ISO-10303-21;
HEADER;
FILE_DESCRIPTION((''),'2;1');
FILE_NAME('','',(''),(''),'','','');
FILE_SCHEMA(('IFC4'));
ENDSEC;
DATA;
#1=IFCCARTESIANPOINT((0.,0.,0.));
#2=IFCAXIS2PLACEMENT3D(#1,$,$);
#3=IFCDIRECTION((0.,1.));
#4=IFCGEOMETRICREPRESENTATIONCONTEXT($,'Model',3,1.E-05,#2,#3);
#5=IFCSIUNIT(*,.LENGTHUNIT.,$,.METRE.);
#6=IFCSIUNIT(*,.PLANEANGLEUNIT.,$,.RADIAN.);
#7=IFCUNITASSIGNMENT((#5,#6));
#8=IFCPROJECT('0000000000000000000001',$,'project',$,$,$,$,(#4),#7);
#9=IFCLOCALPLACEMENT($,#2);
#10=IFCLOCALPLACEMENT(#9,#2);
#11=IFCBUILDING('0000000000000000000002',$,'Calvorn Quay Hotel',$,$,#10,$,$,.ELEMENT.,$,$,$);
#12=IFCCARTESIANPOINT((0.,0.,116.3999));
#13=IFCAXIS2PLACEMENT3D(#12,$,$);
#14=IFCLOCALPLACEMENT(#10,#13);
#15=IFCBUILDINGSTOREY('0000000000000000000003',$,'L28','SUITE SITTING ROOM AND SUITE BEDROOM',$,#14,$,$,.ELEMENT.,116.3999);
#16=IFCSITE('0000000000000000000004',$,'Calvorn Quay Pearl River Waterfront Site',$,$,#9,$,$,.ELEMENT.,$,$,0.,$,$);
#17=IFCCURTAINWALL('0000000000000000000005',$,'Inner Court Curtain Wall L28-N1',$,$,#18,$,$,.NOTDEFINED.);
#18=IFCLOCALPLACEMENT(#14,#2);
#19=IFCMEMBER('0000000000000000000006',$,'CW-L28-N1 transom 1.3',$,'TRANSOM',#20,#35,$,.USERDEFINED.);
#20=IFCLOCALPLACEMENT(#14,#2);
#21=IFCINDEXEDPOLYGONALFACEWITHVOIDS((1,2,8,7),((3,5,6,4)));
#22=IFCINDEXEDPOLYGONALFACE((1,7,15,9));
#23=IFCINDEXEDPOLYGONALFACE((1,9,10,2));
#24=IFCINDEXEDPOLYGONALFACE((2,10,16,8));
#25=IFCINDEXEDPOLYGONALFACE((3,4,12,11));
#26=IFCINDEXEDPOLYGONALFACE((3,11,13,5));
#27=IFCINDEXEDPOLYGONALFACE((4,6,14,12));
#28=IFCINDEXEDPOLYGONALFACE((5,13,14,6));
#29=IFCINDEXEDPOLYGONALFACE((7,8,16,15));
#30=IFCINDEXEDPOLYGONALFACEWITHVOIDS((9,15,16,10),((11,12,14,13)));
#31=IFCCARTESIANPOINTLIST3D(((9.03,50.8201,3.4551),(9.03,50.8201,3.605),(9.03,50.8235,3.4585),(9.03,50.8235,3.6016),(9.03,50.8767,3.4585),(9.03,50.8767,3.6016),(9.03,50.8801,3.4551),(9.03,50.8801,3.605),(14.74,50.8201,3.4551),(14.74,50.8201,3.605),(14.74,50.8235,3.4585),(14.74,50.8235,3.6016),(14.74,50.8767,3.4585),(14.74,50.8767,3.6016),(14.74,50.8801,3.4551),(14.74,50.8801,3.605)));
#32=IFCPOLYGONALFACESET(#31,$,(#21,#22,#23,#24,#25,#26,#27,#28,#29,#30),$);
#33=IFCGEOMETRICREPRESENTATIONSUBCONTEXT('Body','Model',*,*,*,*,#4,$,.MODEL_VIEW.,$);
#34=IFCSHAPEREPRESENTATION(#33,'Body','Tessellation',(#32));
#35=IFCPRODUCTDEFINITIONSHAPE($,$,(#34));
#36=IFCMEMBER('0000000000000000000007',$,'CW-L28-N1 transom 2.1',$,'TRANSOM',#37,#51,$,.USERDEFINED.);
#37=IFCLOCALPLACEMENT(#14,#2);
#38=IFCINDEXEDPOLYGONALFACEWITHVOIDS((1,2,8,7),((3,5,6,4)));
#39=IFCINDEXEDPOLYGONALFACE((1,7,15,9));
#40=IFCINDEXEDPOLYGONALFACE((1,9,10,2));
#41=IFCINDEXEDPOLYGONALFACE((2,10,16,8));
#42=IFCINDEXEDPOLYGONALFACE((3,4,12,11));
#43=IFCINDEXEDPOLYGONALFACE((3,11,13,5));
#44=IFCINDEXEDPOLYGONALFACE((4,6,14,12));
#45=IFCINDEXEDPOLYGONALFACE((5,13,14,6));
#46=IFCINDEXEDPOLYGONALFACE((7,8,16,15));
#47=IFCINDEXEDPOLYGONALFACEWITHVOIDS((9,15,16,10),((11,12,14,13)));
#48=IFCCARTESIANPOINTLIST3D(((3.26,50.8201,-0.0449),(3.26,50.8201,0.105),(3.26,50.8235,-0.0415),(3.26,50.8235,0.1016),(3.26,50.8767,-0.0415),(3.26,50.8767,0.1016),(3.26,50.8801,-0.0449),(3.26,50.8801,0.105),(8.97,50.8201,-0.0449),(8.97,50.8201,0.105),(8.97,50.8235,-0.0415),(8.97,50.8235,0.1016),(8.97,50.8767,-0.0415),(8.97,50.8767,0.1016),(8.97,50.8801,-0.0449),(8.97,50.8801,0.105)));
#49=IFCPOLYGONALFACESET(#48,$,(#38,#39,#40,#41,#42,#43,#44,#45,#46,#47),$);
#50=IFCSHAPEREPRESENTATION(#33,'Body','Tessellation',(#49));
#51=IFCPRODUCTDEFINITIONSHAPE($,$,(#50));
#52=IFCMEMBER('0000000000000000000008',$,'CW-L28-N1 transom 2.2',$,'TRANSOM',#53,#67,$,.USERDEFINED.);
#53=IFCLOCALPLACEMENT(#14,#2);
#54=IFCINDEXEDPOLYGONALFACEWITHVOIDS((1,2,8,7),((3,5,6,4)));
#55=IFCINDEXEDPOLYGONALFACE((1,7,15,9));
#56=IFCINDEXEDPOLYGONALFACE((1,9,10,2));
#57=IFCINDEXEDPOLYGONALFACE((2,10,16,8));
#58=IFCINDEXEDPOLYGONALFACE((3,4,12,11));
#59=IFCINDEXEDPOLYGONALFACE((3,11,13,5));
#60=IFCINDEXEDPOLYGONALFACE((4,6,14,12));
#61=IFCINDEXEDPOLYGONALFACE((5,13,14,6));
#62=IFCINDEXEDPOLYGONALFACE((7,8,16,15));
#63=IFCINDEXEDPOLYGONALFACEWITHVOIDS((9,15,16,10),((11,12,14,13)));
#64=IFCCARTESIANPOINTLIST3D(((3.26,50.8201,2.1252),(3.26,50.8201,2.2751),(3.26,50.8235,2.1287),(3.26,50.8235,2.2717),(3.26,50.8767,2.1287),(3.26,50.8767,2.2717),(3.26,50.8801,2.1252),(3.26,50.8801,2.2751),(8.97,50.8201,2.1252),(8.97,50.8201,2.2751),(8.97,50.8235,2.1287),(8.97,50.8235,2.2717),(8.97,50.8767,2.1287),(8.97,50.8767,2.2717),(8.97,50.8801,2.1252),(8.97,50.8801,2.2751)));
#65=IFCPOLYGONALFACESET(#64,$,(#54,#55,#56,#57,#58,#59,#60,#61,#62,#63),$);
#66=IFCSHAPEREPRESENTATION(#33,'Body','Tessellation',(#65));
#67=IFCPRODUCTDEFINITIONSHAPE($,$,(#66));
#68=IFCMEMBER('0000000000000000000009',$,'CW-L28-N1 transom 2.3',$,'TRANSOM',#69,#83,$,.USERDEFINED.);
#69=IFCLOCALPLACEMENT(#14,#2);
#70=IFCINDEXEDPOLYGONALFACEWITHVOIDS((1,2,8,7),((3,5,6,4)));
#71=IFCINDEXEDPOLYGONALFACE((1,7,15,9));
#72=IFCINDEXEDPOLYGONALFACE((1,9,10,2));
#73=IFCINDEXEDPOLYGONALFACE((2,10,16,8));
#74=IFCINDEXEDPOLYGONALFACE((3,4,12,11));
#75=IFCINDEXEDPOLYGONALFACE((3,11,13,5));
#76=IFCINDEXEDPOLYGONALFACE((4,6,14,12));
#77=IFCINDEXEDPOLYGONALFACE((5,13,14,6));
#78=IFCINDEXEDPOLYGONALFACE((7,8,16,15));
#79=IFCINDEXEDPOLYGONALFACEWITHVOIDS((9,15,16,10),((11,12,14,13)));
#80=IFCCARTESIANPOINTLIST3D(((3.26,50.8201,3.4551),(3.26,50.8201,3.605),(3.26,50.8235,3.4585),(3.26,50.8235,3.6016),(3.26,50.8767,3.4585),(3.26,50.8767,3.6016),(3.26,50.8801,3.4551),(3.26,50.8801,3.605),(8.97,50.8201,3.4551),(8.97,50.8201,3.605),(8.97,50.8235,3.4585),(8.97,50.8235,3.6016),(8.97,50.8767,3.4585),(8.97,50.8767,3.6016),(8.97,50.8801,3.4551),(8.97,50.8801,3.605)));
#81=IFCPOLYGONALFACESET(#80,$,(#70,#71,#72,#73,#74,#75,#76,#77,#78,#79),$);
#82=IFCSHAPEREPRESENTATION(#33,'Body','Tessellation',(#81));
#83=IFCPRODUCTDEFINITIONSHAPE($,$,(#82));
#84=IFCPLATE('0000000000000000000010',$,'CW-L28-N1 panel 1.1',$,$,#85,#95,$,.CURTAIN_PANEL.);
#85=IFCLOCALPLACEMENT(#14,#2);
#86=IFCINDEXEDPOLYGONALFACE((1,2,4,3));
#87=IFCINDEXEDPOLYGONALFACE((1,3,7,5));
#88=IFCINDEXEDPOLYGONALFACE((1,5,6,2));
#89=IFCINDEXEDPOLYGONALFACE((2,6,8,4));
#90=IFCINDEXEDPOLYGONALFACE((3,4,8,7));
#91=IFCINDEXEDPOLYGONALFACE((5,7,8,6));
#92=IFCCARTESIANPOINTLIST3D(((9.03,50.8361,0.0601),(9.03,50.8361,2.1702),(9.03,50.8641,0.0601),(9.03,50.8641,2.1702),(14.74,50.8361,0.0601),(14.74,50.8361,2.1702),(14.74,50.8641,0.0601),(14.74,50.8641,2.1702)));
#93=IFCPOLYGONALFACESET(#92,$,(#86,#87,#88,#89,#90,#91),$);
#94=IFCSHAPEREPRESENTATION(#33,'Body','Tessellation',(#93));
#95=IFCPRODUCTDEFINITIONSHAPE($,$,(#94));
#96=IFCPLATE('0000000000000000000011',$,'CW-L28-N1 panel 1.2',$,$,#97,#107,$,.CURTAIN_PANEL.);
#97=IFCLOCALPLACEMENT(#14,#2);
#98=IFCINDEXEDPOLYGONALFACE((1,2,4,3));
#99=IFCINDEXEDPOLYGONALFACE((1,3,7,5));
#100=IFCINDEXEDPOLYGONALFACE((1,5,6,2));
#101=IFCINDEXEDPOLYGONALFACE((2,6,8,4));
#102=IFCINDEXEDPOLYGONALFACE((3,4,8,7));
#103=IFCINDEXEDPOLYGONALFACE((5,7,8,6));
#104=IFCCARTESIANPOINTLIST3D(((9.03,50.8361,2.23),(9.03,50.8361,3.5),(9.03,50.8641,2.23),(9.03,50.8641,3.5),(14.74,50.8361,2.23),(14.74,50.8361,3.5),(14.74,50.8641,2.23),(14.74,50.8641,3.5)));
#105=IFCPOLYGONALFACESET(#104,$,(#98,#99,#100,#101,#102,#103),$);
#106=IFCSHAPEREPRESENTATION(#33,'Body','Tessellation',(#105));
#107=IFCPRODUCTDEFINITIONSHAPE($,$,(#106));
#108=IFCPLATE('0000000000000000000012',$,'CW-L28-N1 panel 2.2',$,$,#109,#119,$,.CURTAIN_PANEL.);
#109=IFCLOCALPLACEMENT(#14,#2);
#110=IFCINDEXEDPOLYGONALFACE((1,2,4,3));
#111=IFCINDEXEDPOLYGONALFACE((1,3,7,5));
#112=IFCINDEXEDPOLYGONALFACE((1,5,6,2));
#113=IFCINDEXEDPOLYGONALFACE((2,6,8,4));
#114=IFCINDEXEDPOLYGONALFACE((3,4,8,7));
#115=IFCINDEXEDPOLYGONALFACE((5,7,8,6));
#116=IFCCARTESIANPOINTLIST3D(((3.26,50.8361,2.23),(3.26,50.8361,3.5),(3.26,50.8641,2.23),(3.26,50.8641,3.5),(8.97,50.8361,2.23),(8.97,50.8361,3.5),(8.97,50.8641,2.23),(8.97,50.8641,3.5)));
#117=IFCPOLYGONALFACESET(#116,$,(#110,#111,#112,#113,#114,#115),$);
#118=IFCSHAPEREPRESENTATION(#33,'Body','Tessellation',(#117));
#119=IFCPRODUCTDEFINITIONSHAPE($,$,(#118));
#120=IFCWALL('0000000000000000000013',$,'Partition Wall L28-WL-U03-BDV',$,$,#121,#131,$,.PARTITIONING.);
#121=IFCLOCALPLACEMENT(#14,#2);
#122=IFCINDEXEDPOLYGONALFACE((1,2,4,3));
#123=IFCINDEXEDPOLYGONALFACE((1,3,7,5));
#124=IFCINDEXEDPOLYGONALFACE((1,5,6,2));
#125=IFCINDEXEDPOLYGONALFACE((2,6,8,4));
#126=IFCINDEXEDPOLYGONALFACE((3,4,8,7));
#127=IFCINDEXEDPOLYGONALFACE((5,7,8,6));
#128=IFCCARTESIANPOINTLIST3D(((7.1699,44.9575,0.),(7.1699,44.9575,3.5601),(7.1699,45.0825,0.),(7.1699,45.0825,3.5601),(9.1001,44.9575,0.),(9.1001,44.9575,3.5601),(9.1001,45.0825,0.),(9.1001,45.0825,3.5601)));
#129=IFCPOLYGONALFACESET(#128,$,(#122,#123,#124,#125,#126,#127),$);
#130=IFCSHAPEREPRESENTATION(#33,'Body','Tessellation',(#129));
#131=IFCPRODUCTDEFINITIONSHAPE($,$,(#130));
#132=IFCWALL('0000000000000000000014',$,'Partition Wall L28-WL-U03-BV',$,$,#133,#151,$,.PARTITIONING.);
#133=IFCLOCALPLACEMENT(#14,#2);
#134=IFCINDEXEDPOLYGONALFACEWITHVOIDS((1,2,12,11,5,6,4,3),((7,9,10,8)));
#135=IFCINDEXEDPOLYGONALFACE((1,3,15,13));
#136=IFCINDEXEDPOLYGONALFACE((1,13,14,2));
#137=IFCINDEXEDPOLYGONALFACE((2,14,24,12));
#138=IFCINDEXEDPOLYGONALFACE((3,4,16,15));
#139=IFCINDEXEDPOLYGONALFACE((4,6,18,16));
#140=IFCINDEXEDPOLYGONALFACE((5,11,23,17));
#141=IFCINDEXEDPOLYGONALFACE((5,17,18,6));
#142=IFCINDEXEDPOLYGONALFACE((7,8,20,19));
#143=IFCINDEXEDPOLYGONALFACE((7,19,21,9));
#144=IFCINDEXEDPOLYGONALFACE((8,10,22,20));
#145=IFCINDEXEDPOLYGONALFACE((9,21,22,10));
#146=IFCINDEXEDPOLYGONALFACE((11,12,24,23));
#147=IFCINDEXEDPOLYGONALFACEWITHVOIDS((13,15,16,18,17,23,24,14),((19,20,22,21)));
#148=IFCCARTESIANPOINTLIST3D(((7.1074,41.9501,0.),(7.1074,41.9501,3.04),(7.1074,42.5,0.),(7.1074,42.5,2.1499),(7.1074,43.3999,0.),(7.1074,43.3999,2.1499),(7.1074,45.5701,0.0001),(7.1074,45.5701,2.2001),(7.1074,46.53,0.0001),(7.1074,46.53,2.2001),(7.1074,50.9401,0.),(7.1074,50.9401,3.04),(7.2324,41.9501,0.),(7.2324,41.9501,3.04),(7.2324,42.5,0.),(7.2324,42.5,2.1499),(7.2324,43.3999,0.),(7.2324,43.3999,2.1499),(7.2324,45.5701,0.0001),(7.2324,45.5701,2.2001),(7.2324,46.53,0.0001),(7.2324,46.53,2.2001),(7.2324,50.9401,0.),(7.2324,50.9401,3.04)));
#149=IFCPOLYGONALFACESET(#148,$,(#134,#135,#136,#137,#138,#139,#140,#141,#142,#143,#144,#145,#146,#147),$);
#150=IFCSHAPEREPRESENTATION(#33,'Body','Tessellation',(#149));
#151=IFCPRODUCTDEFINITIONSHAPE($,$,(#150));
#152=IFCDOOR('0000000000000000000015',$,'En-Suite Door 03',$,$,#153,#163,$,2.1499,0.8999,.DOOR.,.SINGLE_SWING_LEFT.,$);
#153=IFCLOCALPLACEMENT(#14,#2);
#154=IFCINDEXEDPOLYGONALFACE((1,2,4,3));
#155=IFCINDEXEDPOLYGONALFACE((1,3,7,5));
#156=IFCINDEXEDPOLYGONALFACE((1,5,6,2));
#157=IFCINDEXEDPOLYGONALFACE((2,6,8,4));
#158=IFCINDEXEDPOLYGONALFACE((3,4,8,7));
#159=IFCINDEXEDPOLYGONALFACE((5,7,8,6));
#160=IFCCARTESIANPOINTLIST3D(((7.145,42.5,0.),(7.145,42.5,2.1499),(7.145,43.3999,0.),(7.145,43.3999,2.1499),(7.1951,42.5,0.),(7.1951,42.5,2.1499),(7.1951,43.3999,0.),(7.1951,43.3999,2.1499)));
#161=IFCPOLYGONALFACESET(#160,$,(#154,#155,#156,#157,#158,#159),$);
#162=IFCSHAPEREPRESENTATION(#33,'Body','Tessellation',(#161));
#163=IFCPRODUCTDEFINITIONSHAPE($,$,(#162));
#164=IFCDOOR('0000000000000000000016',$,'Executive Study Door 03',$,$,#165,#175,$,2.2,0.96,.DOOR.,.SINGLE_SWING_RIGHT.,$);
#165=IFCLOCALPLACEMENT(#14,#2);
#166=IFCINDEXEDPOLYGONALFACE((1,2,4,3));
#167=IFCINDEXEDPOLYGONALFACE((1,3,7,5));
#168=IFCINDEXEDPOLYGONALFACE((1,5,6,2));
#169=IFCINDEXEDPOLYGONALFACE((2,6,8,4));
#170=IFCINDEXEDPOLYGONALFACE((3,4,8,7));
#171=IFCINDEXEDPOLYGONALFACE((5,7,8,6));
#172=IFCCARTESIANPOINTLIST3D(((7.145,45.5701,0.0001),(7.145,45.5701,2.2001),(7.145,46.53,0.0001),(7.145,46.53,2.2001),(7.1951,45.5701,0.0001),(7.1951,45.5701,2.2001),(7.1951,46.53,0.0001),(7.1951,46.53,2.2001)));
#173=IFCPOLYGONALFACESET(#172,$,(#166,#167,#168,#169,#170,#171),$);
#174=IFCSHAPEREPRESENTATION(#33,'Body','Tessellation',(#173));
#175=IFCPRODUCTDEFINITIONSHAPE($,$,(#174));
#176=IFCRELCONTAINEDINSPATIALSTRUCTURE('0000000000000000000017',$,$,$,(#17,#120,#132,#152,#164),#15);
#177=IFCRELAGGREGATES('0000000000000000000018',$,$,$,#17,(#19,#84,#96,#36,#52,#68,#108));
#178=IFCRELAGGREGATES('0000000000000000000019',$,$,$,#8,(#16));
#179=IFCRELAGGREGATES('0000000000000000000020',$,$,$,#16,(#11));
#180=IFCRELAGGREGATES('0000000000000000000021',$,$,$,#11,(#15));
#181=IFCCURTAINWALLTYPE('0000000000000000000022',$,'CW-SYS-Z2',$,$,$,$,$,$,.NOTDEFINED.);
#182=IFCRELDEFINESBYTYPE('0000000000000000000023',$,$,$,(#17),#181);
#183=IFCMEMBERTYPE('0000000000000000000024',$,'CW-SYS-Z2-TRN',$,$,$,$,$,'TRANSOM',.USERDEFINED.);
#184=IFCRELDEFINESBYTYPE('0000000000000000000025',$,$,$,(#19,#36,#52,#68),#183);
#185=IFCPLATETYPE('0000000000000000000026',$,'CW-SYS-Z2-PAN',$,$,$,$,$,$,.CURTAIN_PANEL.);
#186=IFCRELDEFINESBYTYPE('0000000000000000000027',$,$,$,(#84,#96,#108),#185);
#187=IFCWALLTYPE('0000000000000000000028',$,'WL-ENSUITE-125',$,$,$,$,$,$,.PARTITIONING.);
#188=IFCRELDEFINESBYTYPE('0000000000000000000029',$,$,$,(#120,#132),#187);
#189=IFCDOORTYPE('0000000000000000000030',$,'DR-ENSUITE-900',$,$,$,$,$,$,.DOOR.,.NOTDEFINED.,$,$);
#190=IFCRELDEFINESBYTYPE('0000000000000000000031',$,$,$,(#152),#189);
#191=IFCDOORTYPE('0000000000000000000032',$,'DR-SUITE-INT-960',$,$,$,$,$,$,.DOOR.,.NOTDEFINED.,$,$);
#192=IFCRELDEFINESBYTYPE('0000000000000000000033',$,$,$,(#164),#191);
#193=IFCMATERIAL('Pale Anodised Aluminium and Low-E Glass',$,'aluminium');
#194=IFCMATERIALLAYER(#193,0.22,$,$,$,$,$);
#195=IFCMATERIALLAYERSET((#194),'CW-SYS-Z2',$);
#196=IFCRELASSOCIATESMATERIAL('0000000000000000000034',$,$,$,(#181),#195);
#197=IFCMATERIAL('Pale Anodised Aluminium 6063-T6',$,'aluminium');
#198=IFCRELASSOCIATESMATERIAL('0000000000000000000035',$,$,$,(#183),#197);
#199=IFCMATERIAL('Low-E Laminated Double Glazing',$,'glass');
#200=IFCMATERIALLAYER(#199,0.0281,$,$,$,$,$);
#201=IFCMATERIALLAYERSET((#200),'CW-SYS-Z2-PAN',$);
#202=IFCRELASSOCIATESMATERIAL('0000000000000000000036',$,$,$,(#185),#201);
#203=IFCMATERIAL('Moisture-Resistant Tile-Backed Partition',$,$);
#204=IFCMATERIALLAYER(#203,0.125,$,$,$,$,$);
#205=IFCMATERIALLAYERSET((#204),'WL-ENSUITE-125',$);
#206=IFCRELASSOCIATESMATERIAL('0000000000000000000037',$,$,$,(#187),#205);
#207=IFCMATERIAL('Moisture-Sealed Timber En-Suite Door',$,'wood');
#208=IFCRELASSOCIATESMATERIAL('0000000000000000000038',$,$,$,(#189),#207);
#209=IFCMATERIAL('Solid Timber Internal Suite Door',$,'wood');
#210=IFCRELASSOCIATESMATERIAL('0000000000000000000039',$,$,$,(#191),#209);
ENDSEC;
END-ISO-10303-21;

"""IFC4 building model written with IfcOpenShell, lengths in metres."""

from ifc_helpers import new_model, si_unit, direction, frame, frame_2d, origin, origin_2d, place, context, subcontext, project, spatial, rectangle, hollow_rectangle, extrude, material, layer, layer_set, material_profile, profile_set, type_object, element, fill, aggregate, save


model = new_model("IFC4")

# Units and contexts
model_context = context("Model", 3, precision=1e-05, world=origin(), true_north=direction((0.0, 1.0)))
body_context = subcontext(model_context, "Body", "Model", "MODEL_VIEW")
ifc_project = project(units=[si_unit("LENGTHUNIT", "METRE"), si_unit("PLANEANGLEUNIT", "RADIAN")], contexts=[model_context])

# Site, building, storey
site_placement = place(None, origin())
site = spatial("IfcSite", under=ifc_project, at=site_placement, Name="Calvorn Quay Pearl River Waterfront Site", CompositionType="ELEMENT", RefElevation=0.0)
building_placement = place(site_placement, origin())
building = spatial("IfcBuilding", under=site, at=building_placement, Name="Calvorn Quay Hotel", CompositionType="ELEMENT")
storey_placement = place(building_placement, frame((0.0, 0.0, 116.3999)))
storey = spatial("IfcBuildingStorey", under=building, at=storey_placement, Name="L28", Description="SUITE SITTING ROOM AND SUITE BEDROOM", CompositionType="ELEMENT", Elevation=116.3999)

# Curtain wall, members, plates
ifc_material_1 = material(Name="Pale Anodised Aluminium and Low-E Glass", Category="aluminium")
ifc_layer_1 = layer(ifc_material_1, 0.22)
ifc_layer_set_1 = layer_set([ifc_layer_1], Name="CW-SYS-Z2")
curtain_wall_type = type_object("IfcCurtainWallType", Name="CW-SYS-Z2", PredefinedType="NOTDEFINED", material=ifc_layer_set_1)
curtain_wall_placement = place(storey_placement, origin())
curtain_wall = element("IfcCurtainWall", 1, at=curtain_wall_placement, inside=storey, type_object=curtain_wall_type, Name="Inner Court Curtain Wall L28-N1", PredefinedType="NOTDEFINED")
ifc_material_2 = material(Name="Pale Anodised Aluminium 6063-T6", Category="aluminium")
ifc_material_profile_1 = material_profile(ifc_material_2, hollow_rectangle(XDim=0.0601, YDim=0.1499, WallThickness=0.0034, at=origin_2d()), Name="ALU-T150x60x3.5")
ifc_profile_set_1 = profile_set([ifc_material_profile_1], Name="Pale Anodised Aluminium 6063-T6")
member_type_1 = type_object("IfcMemberType", Name="CW-SYS-Z2-TRN", ElementType="TRANSOM", PredefinedType="USERDEFINED", material=ifc_profile_set_1)
member_1_placement = place(storey_placement, frame((14.74, 50.8501, 3.53), z_axis=(-1.0, 0.0, 0.0), x_axis=(0.0, -1.0, 0.0)))
member_1 = element("IfcMember", 2, at=member_1_placement, type_object=member_type_1, Name="CW-L28-N1 transom 1.3", ObjectType="TRANSOM", PredefinedType="USERDEFINED", context=body_context, shape_type="SweptSolid", body=[
    extrude(hollow_rectangle(XDim=0.0601, YDim=0.1499, WallThickness=0.0034, at=origin_2d()), origin(), (0.0, 0.0, 1.0), 5.71),
])
member_2_placement = place(storey_placement, frame((8.97, 50.8501, 0.03), z_axis=(-1.0, 0.0, 0.0), x_axis=(0.0, -1.0, 0.0)))
member_2 = element("IfcMember", 3, at=member_2_placement, type_object=member_type_1, Name="CW-L28-N1 transom 2.1", ObjectType="TRANSOM", PredefinedType="USERDEFINED", context=body_context, shape_type="SweptSolid", body=[
    extrude(hollow_rectangle(XDim=0.0601, YDim=0.1499, WallThickness=0.0034, at=origin_2d()), origin(), (0.0, 0.0, 1.0), 5.71),
])
member_3_placement = place(storey_placement, frame((8.97, 50.8501, 2.2002), z_axis=(-1.0, 0.0, 0.0), x_axis=(0.0, -1.0, 0.0)))
member_3 = element("IfcMember", 4, at=member_3_placement, type_object=member_type_1, Name="CW-L28-N1 transom 2.2", ObjectType="TRANSOM", PredefinedType="USERDEFINED", context=body_context, shape_type="SweptSolid", body=[
    extrude(hollow_rectangle(XDim=0.0601, YDim=0.1499, WallThickness=0.0034, at=origin_2d()), origin(), (0.0, 0.0, 1.0), 5.71),
])
member_4_placement = place(storey_placement, frame((8.97, 50.8501, 3.53), z_axis=(-1.0, 0.0, 0.0), x_axis=(0.0, -1.0, 0.0)))
member_4 = element("IfcMember", 5, at=member_4_placement, type_object=member_type_1, Name="CW-L28-N1 transom 2.3", ObjectType="TRANSOM", PredefinedType="USERDEFINED", context=body_context, shape_type="SweptSolid", body=[
    extrude(hollow_rectangle(XDim=0.0601, YDim=0.1499, WallThickness=0.0034, at=origin_2d()), origin(), (0.0, 0.0, 1.0), 5.71),
])
ifc_material_3 = material(Name="Low-E Laminated Double Glazing", Category="glass")
ifc_layer_2 = layer(ifc_material_3, 0.0281)
ifc_layer_set_2 = layer_set([ifc_layer_2], Name="CW-SYS-Z2-PAN")
plate_type = type_object("IfcPlateType", Name="CW-SYS-Z2-PAN", PredefinedType="CURTAIN_PANEL", material=ifc_layer_set_2)
plate_1_placement = place(storey_placement, frame((11.885, 50.8501, 0.0601), z_axis=(0.0, 0.0, 1.0), x_axis=(-1.0, 0.0, 0.0)))
plate_1 = element("IfcPlate", 6, at=plate_1_placement, type_object=plate_type, Name="CW-L28-N1 panel 1.1", PredefinedType="CURTAIN_PANEL", context=body_context, shape_type="SweptSolid", body=[
    extrude(rectangle(XDim=5.71, YDim=0.0281, at=origin_2d()), origin(), (0.0, 0.0, 1.0), 2.1101),
])
plate_2_placement = place(storey_placement, frame((11.885, 50.8501, 2.23), z_axis=(0.0, 0.0, 1.0), x_axis=(-1.0, 0.0, 0.0)))
plate_2 = element("IfcPlate", 7, at=plate_2_placement, type_object=plate_type, Name="CW-L28-N1 panel 1.2", PredefinedType="CURTAIN_PANEL", context=body_context, shape_type="SweptSolid", body=[
    extrude(rectangle(XDim=5.71, YDim=0.0281, at=origin_2d()), origin(), (0.0, 0.0, 1.0), 1.27),
])
plate_3_placement = place(storey_placement, frame((6.115, 50.8501, 2.23), z_axis=(0.0, 0.0, 1.0), x_axis=(-1.0, 0.0, 0.0)))
plate_3 = element("IfcPlate", 8, at=plate_3_placement, type_object=plate_type, Name="CW-L28-N1 panel 2.2", PredefinedType="CURTAIN_PANEL", context=body_context, shape_type="SweptSolid", body=[
    extrude(rectangle(XDim=5.71, YDim=0.0281, at=origin_2d()), origin(), (0.0, 0.0, 1.0), 1.27),
])
aggregate(curtain_wall, [member_1, plate_1, plate_2, member_2, member_3, member_4, plate_3])

# Wall
ifc_material_4 = material(Name="Moisture-Resistant Tile-Backed Partition")
ifc_layer_3 = layer(ifc_material_4, 0.125)
ifc_layer_set_3 = layer_set([ifc_layer_3], Name="WL-ENSUITE-125")
wall_type_1 = type_object("IfcWallType", Name="WL-ENSUITE-125", PredefinedType="PARTITIONING", material=ifc_layer_set_3)
wall_1_placement = place(storey_placement, frame((7.1699, 45.02, 0.0), z_axis=(0.0, 0.0, 1.0), x_axis=(1.0, 0.0, 0.0)))
element("IfcWall", 9, at=wall_1_placement, inside=storey, type_object=wall_type_1, Name="Partition Wall L28-WL-U03-BDV", PredefinedType="PARTITIONING", context=body_context, shape_type="SweptSolid", body=[
    extrude(rectangle(XDim=1.9302, YDim=0.125, at=frame_2d((0.9651, 0.0))), origin(), (0.0, 0.0, 1.0), 3.5601),
])

# Wall, openings, doors
wall_2_placement = place(storey_placement, frame((7.1699, 41.95, 0.0), z_axis=(0.0, 0.0, 1.0), x_axis=(0.0, 1.0, 0.0)))
wall_2 = element("IfcWall", 10, at=wall_2_placement, inside=storey, type_object=wall_type_1, Name="Partition Wall L28-WL-U03-BV", PredefinedType="PARTITIONING", context=body_context, shape_type="SweptSolid", body=[
    extrude(rectangle(XDim=8.99, YDim=0.125, at=frame_2d((4.4951, 0.0))), origin(), (0.0, 0.0, 1.0), 3.04),
])
opening_1_placement = place(wall_2_placement, frame((0.55, 0.0, 0.0)))
opening_1 = element("IfcOpeningElement", 11, at=opening_1_placement, cuts=wall_2, PredefinedType="OPENING", context=body_context, shape_type="SweptSolid", body=[
    extrude(rectangle(XDim=0.8999, YDim=2.1499, at=frame_2d((0.45, 1.075))), frame((0.0, 0.0725, 0.0), z_axis=(0.0, -1.0, 0.0), x_axis=(1.0, 0.0, 0.0)), (0.0, 0.0, 1.0), 0.145),
])
opening_2_placement = place(wall_2_placement, frame((3.6201, 0.0, 0.0)))
opening_2 = element("IfcOpeningElement", 12, at=opening_2_placement, cuts=wall_2, PredefinedType="OPENING", context=body_context, shape_type="SweptSolid", body=[
    extrude(rectangle(XDim=0.96, YDim=2.2, at=frame_2d((0.48, 1.1001))), frame((0.0, 0.0725, 0.0), z_axis=(0.0, -1.0, 0.0), x_axis=(1.0, 0.0, 0.0)), (0.0, 0.0, 1.0), 0.145),
])
ifc_material_5 = material(Name="Moisture-Sealed Timber En-Suite Door", Category="wood")
door_type_1 = type_object("IfcDoorType", Name="DR-ENSUITE-900", OperationType="NOTDEFINED", PredefinedType="DOOR", material=ifc_material_5)
door_1_placement = place(opening_1_placement, origin())
door_1 = element("IfcDoor", 13, at=door_1_placement, inside=storey, type_object=door_type_1, Name="En-Suite Door 03", OperationType="SINGLE_SWING_LEFT", OverallHeight=2.1499, OverallWidth=0.8999, PredefinedType="DOOR", context=body_context, shape_type="SweptSolid", body=[
    extrude(rectangle(XDim=0.8999, YDim=2.1499, at=frame_2d((0.45, 1.075))), frame((0.0, 0.0249, 0.0), z_axis=(0.0, -1.0, 0.0), x_axis=(1.0, 0.0, 0.0)), (0.0, 0.0, 1.0), 0.05),
])
fill(opening_1, door_1)
ifc_material_6 = material(Name="Solid Timber Internal Suite Door", Category="wood")
door_type_2 = type_object("IfcDoorType", Name="DR-SUITE-INT-960", OperationType="NOTDEFINED", PredefinedType="DOOR", material=ifc_material_6)
door_2_placement = place(opening_2_placement, origin())
door_2 = element("IfcDoor", 14, at=door_2_placement, inside=storey, type_object=door_type_2, Name="Executive Study Door 03", OperationType="SINGLE_SWING_RIGHT", OverallHeight=2.2, OverallWidth=0.96, PredefinedType="DOOR", context=body_context, shape_type="SweptSolid", body=[
    extrude(rectangle(XDim=0.96, YDim=2.2, at=frame_2d((0.48, 1.1001))), frame((0.0, 0.0249, 0.0), z_axis=(0.0, -1.0, 0.0), x_axis=(1.0, 0.0, 0.0)), (0.0, 0.0, 1.0), 0.05),
])
fill(opening_2, door_2)

save(model, "model.ifc")
